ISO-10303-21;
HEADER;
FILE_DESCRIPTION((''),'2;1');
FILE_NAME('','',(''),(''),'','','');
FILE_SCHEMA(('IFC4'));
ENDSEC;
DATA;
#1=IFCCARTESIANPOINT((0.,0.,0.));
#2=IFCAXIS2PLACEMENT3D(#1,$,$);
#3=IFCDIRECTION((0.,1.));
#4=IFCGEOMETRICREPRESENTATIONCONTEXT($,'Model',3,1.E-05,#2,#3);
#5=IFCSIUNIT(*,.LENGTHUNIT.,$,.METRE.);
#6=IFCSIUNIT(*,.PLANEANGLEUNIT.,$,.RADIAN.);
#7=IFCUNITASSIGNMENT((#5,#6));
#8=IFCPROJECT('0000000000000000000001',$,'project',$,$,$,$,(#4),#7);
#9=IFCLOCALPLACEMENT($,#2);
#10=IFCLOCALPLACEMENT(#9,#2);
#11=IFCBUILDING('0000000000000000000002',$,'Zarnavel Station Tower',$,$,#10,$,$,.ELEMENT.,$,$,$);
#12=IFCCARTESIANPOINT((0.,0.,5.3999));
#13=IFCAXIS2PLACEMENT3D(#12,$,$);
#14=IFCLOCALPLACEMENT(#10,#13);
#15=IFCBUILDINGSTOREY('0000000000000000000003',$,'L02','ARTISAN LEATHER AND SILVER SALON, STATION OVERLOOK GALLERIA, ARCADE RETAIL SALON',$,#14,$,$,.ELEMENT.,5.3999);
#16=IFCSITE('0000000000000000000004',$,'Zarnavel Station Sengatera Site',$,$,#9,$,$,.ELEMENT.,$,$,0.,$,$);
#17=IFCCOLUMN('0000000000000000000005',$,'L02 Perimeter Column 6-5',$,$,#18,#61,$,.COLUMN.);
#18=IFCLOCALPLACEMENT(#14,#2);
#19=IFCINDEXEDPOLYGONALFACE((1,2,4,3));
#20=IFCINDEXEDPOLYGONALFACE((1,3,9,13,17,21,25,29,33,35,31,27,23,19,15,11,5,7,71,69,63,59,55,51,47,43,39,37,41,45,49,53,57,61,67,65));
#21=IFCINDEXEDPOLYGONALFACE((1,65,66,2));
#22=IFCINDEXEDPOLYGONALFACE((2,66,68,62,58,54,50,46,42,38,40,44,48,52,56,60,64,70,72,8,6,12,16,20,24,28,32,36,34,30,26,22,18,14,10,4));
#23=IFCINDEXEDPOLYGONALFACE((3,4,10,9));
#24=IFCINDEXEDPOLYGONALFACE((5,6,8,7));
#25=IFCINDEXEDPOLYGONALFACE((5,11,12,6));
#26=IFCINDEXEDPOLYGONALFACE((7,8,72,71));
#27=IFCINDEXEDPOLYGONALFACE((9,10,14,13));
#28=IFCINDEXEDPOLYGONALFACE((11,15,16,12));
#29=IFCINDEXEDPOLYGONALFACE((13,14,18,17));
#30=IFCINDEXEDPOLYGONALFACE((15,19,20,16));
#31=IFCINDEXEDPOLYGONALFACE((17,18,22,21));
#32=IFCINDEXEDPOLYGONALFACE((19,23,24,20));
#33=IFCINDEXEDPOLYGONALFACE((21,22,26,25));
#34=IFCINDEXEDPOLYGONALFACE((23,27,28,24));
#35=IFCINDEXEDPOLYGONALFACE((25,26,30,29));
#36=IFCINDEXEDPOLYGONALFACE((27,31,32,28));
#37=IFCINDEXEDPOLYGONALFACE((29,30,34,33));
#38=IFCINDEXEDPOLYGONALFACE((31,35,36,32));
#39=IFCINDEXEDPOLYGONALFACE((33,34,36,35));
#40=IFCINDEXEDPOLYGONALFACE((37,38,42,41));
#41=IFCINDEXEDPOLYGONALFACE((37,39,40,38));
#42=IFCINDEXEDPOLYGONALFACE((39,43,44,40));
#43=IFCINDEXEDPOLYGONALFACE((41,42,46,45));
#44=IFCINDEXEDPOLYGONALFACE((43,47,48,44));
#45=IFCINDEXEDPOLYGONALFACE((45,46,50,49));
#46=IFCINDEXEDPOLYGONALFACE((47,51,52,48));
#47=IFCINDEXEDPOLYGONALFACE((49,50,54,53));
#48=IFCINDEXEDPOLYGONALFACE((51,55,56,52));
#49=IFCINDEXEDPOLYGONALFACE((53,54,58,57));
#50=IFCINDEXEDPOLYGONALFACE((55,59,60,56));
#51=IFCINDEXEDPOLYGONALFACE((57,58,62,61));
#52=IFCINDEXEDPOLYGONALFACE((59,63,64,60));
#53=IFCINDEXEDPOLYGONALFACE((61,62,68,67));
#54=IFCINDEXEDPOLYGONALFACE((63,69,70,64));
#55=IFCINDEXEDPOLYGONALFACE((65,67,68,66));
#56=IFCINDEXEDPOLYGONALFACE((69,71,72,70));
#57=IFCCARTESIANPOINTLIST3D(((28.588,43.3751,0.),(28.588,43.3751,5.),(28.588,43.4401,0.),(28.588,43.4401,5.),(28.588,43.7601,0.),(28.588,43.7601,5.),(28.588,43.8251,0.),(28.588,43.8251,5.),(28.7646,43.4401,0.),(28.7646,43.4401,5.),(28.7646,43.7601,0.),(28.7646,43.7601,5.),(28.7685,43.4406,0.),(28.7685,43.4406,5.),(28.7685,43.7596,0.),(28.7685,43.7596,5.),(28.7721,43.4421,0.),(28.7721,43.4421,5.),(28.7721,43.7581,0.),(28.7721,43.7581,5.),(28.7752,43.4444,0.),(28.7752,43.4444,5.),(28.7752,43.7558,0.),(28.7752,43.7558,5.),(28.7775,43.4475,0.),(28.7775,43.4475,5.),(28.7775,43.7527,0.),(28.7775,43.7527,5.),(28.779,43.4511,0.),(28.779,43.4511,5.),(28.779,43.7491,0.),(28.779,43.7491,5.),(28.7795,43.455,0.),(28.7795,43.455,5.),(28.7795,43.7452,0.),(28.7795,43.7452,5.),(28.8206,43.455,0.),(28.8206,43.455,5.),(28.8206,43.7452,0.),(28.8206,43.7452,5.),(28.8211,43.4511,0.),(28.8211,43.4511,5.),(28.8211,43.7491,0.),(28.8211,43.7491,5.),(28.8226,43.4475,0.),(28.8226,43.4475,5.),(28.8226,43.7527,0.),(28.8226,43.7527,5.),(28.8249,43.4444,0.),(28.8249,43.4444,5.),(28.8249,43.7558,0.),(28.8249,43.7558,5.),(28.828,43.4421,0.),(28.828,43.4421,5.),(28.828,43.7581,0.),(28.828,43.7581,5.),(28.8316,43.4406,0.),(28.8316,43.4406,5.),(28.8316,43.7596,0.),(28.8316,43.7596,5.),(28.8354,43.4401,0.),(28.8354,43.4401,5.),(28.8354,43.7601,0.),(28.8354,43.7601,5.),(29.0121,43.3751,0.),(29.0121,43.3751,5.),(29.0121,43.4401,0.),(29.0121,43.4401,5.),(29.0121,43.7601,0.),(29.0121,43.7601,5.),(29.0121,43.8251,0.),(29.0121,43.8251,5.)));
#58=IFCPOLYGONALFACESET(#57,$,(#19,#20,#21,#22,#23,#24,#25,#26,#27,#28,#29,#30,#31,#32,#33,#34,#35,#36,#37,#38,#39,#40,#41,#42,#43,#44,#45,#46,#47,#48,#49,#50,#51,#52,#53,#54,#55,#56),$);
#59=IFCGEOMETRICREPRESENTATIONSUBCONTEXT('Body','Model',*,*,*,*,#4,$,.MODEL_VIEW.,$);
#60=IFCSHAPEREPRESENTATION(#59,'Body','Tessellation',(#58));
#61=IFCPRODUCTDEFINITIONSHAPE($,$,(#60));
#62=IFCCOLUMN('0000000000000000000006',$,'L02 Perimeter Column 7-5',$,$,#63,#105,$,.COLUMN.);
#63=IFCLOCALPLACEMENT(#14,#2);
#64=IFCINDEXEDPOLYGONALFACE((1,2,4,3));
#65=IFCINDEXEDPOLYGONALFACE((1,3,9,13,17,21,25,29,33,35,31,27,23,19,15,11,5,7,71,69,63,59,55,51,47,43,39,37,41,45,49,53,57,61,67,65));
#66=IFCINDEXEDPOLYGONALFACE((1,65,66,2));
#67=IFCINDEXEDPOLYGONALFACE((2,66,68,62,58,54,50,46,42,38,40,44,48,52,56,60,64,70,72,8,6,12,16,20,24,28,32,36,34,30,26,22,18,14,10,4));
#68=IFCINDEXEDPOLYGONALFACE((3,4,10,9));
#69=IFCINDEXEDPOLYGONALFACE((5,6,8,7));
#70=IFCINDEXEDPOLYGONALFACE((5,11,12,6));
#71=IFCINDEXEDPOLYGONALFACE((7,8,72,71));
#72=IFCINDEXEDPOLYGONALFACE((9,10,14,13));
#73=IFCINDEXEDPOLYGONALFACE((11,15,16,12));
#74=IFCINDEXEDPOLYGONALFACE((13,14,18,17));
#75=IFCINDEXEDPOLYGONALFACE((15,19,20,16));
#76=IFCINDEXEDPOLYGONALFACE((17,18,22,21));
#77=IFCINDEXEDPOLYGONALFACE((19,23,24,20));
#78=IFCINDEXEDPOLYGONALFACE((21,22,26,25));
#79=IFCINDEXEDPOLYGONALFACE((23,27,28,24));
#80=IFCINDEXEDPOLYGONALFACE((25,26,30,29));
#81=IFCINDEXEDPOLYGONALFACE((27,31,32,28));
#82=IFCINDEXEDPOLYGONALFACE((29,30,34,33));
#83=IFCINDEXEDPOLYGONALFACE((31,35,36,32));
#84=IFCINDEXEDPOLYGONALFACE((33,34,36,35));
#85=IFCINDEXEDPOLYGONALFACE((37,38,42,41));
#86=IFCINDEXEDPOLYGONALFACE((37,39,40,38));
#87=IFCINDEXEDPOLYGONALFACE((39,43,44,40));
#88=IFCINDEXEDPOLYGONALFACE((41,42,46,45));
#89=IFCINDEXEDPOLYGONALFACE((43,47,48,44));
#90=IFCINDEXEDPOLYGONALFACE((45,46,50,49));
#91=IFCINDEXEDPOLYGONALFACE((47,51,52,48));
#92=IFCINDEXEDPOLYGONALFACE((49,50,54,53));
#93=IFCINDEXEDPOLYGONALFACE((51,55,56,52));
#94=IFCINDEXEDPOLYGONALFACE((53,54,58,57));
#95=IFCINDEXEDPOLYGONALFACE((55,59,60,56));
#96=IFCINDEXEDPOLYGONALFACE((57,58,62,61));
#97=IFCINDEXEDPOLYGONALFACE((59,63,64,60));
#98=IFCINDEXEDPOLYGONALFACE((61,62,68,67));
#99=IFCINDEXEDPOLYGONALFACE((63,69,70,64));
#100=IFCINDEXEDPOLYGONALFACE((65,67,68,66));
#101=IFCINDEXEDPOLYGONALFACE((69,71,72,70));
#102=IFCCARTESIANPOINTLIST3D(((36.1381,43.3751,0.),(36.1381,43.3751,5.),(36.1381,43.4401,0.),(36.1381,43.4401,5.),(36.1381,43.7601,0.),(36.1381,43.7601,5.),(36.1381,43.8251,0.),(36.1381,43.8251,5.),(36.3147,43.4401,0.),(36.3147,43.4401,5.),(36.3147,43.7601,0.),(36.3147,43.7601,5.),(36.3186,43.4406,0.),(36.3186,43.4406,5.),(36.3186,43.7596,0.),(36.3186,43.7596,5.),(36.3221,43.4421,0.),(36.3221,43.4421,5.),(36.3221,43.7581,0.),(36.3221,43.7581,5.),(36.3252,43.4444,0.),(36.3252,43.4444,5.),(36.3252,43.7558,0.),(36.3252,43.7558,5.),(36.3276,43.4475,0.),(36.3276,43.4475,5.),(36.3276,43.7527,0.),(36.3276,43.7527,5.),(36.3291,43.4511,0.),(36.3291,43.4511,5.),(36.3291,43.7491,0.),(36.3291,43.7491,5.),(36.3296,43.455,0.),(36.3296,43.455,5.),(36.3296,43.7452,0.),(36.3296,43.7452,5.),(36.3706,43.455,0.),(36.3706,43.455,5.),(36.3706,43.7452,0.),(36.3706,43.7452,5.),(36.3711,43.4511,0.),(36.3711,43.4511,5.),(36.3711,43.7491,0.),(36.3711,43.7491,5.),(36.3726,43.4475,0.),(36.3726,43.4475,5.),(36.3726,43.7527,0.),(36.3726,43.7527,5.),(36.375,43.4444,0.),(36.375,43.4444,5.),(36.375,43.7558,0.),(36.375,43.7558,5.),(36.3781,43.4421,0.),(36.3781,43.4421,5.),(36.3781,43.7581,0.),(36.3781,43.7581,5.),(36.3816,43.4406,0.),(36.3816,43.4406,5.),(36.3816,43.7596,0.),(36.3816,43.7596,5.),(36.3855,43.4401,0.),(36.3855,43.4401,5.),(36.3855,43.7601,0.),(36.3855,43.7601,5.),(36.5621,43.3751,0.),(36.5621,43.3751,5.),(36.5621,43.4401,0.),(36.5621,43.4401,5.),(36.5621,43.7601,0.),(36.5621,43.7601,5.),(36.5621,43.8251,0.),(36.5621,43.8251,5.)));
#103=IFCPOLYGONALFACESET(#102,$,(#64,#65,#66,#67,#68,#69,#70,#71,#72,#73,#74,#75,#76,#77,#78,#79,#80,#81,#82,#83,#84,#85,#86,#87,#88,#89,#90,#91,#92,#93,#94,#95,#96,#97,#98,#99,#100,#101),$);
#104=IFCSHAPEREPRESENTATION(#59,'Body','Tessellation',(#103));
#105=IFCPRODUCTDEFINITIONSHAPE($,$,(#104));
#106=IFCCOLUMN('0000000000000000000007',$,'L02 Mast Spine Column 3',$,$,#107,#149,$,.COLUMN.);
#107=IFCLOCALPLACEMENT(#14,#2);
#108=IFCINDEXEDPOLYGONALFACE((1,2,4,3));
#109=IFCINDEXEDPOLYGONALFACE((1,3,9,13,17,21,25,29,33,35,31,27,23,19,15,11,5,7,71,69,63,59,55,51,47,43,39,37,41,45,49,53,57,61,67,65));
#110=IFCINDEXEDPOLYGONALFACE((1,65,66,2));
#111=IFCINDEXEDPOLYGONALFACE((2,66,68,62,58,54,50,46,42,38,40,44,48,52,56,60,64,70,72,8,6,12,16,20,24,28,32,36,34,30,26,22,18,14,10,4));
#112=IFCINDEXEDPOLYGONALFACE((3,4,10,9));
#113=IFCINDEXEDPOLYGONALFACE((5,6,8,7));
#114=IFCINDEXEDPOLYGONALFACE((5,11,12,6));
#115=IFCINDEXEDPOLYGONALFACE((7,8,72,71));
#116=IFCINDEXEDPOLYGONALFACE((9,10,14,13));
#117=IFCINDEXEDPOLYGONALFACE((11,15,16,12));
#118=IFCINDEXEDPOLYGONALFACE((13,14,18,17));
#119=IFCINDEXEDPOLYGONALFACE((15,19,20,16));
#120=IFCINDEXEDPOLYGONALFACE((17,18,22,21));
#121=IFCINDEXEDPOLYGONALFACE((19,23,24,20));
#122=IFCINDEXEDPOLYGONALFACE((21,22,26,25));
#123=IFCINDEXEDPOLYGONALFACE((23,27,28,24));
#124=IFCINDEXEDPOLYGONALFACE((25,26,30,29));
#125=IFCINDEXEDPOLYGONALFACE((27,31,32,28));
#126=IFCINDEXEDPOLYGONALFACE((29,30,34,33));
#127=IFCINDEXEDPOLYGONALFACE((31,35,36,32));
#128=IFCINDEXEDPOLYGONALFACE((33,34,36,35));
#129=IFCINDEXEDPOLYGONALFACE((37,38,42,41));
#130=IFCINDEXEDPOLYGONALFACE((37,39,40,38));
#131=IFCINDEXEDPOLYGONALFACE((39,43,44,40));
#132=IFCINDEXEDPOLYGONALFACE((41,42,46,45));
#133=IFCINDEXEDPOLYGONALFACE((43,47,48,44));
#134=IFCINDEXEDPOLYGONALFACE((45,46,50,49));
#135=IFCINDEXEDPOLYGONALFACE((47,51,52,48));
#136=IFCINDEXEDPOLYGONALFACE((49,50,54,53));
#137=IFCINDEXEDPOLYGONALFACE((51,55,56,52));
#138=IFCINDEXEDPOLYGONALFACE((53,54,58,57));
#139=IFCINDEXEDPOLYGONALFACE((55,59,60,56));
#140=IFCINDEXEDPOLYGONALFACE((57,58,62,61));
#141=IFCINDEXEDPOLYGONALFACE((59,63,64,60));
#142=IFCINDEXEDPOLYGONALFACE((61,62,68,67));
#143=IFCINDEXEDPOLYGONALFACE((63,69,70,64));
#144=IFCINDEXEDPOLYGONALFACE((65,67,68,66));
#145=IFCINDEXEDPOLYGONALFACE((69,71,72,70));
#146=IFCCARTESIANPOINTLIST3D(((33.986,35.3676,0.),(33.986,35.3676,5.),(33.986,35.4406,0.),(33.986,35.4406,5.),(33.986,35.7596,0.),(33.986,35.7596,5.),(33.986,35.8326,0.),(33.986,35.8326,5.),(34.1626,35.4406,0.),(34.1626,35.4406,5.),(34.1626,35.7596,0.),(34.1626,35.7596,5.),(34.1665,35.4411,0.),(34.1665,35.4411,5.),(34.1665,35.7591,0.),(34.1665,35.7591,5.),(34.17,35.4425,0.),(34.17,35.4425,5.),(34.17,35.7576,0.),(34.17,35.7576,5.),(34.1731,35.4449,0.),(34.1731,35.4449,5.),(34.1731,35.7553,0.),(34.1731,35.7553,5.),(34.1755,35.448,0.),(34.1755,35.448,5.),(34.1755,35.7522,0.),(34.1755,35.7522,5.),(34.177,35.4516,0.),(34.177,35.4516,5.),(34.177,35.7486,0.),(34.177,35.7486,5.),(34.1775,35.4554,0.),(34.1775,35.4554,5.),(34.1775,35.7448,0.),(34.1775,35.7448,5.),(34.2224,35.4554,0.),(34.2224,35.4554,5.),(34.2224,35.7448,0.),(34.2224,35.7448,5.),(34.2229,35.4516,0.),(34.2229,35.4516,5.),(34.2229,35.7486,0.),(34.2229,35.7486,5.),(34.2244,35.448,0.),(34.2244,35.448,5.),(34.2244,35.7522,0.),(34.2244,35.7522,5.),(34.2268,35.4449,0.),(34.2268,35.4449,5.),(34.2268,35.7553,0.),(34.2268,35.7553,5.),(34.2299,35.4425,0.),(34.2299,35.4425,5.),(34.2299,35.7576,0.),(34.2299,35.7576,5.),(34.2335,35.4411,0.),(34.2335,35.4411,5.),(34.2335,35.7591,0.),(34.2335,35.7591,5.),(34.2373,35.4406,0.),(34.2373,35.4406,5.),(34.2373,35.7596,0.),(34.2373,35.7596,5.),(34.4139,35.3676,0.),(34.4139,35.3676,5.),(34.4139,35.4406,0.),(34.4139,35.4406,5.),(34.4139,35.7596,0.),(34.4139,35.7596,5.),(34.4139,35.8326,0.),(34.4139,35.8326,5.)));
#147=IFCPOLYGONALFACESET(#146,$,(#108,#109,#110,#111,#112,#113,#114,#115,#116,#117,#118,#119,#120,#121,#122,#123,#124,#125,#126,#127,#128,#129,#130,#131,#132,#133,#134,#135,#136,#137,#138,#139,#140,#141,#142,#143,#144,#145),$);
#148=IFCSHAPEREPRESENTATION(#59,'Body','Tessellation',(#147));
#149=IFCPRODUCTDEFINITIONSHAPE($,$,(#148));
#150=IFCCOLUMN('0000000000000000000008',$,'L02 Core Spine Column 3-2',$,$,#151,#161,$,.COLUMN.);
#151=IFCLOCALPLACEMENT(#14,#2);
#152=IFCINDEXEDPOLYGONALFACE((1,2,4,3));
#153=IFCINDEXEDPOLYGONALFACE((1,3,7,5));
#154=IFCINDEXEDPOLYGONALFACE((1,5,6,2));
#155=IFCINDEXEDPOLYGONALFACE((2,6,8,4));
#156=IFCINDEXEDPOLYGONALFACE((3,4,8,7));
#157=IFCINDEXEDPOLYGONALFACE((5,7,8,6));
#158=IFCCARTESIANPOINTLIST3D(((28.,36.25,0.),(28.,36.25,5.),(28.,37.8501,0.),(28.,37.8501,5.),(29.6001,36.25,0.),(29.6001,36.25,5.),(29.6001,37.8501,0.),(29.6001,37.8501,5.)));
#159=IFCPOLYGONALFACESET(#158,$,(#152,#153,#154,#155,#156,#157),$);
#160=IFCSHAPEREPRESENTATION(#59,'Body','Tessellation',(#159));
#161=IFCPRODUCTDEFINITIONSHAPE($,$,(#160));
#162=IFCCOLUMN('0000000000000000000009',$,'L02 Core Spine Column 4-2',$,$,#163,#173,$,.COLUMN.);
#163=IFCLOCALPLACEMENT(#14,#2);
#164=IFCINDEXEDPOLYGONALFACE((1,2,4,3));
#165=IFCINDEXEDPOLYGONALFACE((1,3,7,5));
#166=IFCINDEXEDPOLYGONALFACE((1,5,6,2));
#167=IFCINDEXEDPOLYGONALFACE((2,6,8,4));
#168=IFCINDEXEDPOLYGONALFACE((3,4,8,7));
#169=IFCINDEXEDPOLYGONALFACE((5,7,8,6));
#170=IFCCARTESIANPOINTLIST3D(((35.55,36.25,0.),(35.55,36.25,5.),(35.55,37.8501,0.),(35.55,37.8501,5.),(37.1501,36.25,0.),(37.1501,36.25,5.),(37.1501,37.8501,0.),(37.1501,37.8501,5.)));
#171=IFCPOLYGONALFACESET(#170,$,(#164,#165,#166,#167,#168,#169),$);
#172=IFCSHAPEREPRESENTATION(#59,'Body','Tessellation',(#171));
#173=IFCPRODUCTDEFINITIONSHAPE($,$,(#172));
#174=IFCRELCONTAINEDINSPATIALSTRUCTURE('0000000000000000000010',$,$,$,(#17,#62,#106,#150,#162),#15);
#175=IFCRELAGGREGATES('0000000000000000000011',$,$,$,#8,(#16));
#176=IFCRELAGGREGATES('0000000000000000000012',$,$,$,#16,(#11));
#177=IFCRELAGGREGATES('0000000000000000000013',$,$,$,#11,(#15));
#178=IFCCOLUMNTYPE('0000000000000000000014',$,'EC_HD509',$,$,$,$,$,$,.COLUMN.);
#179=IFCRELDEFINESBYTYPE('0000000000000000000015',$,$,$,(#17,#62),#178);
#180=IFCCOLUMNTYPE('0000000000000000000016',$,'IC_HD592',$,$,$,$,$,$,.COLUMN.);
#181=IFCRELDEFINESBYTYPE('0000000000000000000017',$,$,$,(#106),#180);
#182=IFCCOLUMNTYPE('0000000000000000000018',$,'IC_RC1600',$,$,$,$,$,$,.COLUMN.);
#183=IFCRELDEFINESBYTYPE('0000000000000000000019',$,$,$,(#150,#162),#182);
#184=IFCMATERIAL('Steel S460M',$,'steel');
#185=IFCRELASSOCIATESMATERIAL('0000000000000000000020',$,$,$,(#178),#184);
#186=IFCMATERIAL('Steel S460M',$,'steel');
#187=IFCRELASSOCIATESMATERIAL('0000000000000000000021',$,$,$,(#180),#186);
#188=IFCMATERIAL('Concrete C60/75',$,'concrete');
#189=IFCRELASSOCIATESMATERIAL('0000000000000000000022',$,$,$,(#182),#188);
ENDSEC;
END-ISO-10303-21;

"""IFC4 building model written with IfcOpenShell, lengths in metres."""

from ifc_helpers import new_model, si_unit, direction, frame, origin, origin_2d, place, context, subcontext, project, spatial, rectangle, i_section, extrude, material, material_profile, profile_set, type_object, element, save


model = new_model("IFC4")

# Units and contexts
model_context = context("Model", 3, precision=1e-05, world=origin(), true_north=direction((0.0, 1.0)))
body_context = subcontext(model_context, "Body", "Model", "MODEL_VIEW")
ifc_project = project(units=[si_unit("LENGTHUNIT", "METRE"), si_unit("PLANEANGLEUNIT", "RADIAN")], contexts=[model_context])

# Site, building, storey
site_placement = place(None, origin())
site = spatial("IfcSite", under=ifc_project, at=site_placement, Name="Zarnavel Station Sengatera Site", CompositionType="ELEMENT", RefElevation=0.0)
building_placement = place(site_placement, origin())
building = spatial("IfcBuilding", under=site, at=building_placement, Name="Zarnavel Station Tower", CompositionType="ELEMENT")
storey_placement = place(building_placement, frame((0.0, 0.0, 5.3999)))
storey = spatial("IfcBuildingStorey", under=building, at=storey_placement, Name="L02", Description="ARTISAN LEATHER AND SILVER SALON, STATION OVERLOOK GALLERIA, ARCADE RETAIL SALON", CompositionType="ELEMENT", Elevation=5.3999)

# Columns
ifc_material_1 = material(Name="Steel S460M", Category="steel")
ifc_material_profile_1 = material_profile(ifc_material_1, i_section(OverallWidth=0.4241, OverallDepth=0.45, WebThickness=0.041, FlangeThickness=0.0649, FilletRadius=0.0149, at=origin_2d()), Name="HD400x509")
ifc_profile_set_1 = profile_set([ifc_material_profile_1], Name="Steel S460M")
column_type_1 = type_object("IfcColumnType", Name="EC_HD509", PredefinedType="COLUMN", material=ifc_profile_set_1)
for number, where, z_axis, x_axis, name in (
    (1, (28.8, 43.6001, 0.0), (0.0, 0.0, 1.0), (1.0, 0.0, 0.0), "L02 Perimeter Column 6-5"),
    (2, (36.3501, 43.6001, 0.0), (0.0, 0.0, 1.0), (1.0, 0.0, 0.0), "L02 Perimeter Column 7-5"),
):
    element("IfcColumn", number, at=place(storey_placement, frame(where, z_axis=z_axis, x_axis=x_axis)), inside=storey, type_object=column_type_1, Name=name, PredefinedType="COLUMN", context=body_context, shape_type="SweptSolid", body=[
        extrude(i_section(OverallWidth=0.4241, OverallDepth=0.45, WebThickness=0.041, FlangeThickness=0.0649, FilletRadius=0.0149, at=origin_2d()), origin(), (0.0, 0.0, 1.0), 5.0),
    ])
ifc_material_2 = material(Name="Steel S460M", Category="steel")
ifc_material_profile_2 = material_profile(ifc_material_2, i_section(OverallWidth=0.428, OverallDepth=0.4651, WebThickness=0.0449, FlangeThickness=0.073, FilletRadius=0.0149, at=origin_2d()), Name="HD400x592")
ifc_profile_set_2 = profile_set([ifc_material_profile_2], Name="Steel S460M")
column_type_2 = type_object("IfcColumnType", Name="IC_HD592", PredefinedType="COLUMN", material=ifc_profile_set_2)
column_placement = place(storey_placement, frame((34.2, 35.6001, 0.0), z_axis=(0.0, 0.0, 1.0), x_axis=(1.0, 0.0, 0.0)))
element("IfcColumn", 3, at=column_placement, inside=storey, type_object=column_type_2, Name="L02 Mast Spine Column 3", PredefinedType="COLUMN", context=body_context, shape_type="SweptSolid", body=[
    extrude(i_section(OverallWidth=0.428, OverallDepth=0.4651, WebThickness=0.0449, FlangeThickness=0.073, FilletRadius=0.0149, at=origin_2d()), origin(), (0.0, 0.0, 1.0), 5.0),
])
ifc_material_3 = material(Name="Concrete C60/75", Category="concrete")
ifc_material_profile_3 = material_profile(ifc_material_3, rectangle(XDim=1.6001, YDim=1.6001, at=origin_2d()), Name="RC1600x1600")
ifc_profile_set_3 = profile_set([ifc_material_profile_3], Name="Concrete C60/75")
column_type_3 = type_object("IfcColumnType", Name="IC_RC1600", PredefinedType="COLUMN", material=ifc_profile_set_3)
for number, where, z_axis, x_axis, name in (
    (4, (28.8, 37.05, 0.0), (0.0, 0.0, 1.0), (1.0, 0.0, 0.0), "L02 Core Spine Column 3-2"),
    (5, (36.3501, 37.05, 0.0), (0.0, 0.0, 1.0), (1.0, 0.0, 0.0), "L02 Core Spine Column 4-2"),
):
    element("IfcColumn", number, at=place(storey_placement, frame(where, z_axis=z_axis, x_axis=x_axis)), inside=storey, type_object=column_type_3, Name=name, PredefinedType="COLUMN", context=body_context, shape_type="SweptSolid", body=[
        extrude(rectangle(XDim=1.6001, YDim=1.6001, at=origin_2d()), origin(), (0.0, 0.0, 1.0), 5.0),
    ])

save(model, "model.ifc")
